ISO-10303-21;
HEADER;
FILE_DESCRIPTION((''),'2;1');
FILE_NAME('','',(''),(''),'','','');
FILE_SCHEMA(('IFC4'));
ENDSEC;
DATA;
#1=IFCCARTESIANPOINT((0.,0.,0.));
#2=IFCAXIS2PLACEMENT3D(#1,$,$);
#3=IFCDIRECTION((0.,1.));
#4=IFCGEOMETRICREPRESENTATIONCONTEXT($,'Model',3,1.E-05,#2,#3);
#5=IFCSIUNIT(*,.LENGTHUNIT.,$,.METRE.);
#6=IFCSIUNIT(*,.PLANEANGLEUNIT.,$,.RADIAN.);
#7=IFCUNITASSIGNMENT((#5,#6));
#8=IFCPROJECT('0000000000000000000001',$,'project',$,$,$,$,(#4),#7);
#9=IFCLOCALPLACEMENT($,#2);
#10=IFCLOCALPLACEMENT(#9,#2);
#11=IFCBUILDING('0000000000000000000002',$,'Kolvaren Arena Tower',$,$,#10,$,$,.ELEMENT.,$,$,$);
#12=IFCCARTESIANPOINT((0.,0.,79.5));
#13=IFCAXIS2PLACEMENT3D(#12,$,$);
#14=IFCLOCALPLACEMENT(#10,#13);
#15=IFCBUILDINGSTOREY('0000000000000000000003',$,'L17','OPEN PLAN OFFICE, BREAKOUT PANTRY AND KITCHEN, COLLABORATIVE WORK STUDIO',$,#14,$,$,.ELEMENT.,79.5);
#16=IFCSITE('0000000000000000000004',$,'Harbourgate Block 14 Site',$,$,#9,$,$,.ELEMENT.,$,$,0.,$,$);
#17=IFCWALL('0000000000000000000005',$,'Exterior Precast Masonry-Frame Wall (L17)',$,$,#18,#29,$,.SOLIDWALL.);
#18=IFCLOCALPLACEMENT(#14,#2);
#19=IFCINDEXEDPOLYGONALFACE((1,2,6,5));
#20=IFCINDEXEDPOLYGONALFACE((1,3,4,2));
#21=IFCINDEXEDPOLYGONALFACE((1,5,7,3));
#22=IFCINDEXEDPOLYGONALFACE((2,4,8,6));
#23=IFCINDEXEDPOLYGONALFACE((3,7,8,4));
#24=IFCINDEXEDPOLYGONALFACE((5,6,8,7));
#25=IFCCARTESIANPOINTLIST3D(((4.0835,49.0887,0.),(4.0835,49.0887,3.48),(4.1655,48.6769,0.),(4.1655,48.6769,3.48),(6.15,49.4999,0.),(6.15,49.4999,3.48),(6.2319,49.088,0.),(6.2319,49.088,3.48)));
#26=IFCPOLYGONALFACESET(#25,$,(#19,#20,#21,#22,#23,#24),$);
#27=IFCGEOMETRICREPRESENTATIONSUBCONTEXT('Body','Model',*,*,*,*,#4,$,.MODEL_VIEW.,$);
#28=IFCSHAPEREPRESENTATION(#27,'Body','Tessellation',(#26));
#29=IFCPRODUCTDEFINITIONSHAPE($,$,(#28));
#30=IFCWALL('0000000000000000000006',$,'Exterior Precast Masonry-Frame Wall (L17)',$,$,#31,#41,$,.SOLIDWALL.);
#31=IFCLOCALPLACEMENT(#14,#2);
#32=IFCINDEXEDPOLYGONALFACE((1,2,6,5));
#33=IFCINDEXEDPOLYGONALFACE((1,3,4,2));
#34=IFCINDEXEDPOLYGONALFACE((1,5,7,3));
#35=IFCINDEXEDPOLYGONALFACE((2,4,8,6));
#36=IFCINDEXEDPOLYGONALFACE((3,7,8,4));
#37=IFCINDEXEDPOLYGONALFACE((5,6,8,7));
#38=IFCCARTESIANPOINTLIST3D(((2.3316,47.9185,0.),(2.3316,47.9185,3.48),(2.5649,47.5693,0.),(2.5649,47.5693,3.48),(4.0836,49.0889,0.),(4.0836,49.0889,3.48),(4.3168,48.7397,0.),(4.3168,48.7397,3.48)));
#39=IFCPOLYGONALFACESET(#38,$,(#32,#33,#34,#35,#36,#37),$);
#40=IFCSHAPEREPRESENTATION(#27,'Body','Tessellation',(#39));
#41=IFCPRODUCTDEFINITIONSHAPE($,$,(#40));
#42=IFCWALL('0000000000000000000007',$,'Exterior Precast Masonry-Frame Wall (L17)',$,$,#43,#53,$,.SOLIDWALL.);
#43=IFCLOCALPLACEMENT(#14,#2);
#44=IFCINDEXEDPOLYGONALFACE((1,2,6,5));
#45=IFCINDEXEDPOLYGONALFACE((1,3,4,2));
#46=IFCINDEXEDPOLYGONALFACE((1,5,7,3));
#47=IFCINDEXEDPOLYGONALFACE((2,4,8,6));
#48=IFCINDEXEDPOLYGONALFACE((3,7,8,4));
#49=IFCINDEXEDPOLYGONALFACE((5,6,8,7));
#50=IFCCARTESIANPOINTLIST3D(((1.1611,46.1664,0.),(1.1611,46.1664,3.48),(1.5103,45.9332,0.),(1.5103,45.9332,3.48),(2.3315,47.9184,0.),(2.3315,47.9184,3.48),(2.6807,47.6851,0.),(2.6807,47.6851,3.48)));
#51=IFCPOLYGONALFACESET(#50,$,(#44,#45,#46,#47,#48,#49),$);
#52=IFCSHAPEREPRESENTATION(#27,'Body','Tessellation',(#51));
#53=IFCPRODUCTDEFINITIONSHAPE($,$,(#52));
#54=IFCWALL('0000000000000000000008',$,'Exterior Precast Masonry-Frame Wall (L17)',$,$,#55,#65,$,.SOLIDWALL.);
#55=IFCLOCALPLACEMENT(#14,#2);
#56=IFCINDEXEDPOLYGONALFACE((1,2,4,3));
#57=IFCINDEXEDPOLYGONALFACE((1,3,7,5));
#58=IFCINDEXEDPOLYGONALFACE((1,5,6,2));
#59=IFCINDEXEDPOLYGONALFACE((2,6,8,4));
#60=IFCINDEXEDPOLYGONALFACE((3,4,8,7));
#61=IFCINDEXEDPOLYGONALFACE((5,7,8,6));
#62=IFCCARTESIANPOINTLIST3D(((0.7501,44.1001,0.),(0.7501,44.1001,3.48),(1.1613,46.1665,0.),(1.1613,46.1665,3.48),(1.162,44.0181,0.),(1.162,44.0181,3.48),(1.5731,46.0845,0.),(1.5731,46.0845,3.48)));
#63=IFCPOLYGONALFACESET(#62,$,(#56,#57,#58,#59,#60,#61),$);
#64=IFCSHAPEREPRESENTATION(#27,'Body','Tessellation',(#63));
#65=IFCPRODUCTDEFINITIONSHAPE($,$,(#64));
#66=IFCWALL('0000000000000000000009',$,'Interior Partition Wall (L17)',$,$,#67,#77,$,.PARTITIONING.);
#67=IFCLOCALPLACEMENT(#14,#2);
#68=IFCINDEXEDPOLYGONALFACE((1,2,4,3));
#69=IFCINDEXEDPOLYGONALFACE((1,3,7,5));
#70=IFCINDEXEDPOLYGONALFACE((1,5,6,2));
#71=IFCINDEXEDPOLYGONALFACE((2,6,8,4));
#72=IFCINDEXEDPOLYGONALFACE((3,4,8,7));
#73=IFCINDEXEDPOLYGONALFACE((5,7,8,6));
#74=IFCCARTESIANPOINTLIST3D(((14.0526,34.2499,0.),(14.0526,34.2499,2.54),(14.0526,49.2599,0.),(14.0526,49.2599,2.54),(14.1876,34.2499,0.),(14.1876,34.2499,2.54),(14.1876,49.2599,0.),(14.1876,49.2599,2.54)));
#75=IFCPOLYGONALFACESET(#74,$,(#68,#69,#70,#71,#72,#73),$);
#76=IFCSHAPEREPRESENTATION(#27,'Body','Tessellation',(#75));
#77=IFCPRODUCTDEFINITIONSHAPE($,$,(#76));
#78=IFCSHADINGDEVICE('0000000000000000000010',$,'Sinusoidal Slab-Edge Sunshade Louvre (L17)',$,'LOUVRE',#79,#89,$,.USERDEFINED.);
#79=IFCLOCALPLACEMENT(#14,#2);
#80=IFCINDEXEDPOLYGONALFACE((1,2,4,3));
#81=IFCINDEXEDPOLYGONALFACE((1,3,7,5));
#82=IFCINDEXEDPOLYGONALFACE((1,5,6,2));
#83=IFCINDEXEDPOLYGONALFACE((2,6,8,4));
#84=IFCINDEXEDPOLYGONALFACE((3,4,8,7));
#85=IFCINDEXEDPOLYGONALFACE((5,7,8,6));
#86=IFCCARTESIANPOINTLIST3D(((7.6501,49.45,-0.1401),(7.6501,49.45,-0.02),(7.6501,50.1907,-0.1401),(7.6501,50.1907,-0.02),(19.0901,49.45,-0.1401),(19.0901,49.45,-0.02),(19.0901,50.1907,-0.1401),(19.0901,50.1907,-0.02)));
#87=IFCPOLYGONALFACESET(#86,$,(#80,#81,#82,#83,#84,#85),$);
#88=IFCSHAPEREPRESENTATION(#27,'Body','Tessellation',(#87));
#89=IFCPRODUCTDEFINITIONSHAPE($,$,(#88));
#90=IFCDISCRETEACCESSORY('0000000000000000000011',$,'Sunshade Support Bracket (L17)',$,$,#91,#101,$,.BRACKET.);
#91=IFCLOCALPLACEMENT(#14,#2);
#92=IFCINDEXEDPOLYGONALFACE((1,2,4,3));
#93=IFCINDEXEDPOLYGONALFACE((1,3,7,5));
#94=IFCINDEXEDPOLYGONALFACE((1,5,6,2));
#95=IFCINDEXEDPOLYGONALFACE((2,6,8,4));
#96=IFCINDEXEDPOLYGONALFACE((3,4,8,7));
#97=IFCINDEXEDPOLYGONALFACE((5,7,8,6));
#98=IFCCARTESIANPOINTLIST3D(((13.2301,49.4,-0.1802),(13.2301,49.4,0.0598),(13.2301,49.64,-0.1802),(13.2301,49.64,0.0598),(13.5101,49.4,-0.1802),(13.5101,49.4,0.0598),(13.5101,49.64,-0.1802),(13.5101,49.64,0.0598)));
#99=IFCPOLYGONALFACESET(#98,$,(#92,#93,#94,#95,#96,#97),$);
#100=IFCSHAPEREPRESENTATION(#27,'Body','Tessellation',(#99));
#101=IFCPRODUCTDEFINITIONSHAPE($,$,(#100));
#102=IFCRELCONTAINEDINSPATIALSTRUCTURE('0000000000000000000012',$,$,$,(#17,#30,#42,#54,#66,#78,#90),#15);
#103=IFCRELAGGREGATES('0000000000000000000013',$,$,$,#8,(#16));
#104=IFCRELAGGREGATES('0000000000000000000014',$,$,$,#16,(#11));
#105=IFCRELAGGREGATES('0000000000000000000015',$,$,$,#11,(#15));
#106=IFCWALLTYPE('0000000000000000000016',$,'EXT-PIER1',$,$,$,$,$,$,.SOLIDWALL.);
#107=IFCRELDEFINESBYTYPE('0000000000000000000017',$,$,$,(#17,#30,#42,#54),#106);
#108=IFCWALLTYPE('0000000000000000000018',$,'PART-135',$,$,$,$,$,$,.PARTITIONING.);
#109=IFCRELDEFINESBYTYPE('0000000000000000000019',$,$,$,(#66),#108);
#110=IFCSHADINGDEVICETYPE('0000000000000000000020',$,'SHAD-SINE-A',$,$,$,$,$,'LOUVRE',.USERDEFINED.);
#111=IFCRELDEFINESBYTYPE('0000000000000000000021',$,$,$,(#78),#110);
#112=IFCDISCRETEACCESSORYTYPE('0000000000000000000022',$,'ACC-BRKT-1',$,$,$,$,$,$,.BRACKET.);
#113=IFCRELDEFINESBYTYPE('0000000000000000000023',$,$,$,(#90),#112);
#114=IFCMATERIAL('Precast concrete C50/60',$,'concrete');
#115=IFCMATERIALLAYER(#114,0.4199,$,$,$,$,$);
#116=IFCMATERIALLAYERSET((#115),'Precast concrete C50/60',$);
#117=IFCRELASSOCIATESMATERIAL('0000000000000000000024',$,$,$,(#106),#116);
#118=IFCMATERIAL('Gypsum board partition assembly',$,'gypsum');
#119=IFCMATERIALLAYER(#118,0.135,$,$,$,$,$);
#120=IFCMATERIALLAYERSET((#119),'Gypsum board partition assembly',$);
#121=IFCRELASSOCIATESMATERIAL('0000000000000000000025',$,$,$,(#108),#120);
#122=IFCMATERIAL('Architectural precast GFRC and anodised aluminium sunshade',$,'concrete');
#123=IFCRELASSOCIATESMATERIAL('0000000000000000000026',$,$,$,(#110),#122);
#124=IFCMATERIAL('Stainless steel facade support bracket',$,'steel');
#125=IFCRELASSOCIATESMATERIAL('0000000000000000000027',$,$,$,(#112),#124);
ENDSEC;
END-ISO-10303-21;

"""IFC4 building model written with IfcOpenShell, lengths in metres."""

from ifc_helpers import new_model, si_unit, direction, frame, frame_2d, origin, origin_2d, place, context, subcontext, project, spatial, rectangle, extrude, material, layer, layer_set, type_object, element, save


model = new_model("IFC4")

# Units and contexts
model_context = context("Model", 3, precision=1e-05, world=origin(), true_north=direction((0.0, 1.0)))
body_context = subcontext(model_context, "Body", "Model", "MODEL_VIEW")
ifc_project = project(units=[si_unit("LENGTHUNIT", "METRE"), si_unit("PLANEANGLEUNIT", "RADIAN")], contexts=[model_context])

# Site, building, storey
site_placement = place(None, origin())
site = spatial("IfcSite", under=ifc_project, at=site_placement, Name="Harbourgate Block 14 Site", CompositionType="ELEMENT", RefElevation=0.0)
building_placement = place(site_placement, origin())
building = spatial("IfcBuilding", under=site, at=building_placement, Name="Kolvaren Arena Tower", CompositionType="ELEMENT")
storey_placement = place(building_placement, frame((0.0, 0.0, 79.5)))
storey = spatial("IfcBuildingStorey", under=building, at=storey_placement, Name="L17", Description="OPEN PLAN OFFICE, BREAKOUT PANTRY AND KITCHEN, COLLABORATIVE WORK STUDIO", CompositionType="ELEMENT", Elevation=79.5)

# Shared definitions
ifc_material_1 = material(Name="Precast concrete C50/60", Category="concrete")
ifc_layer_1 = layer(ifc_material_1, 0.4199)
ifc_layer_set_1 = layer_set([ifc_layer_1], Name="Precast concrete C50/60")
wall_type_1 = type_object("IfcWallType", Name="EXT-PIER1", PredefinedType="SOLIDWALL", material=ifc_layer_set_1)

# Walls
for number, where, z_axis, x_axis, name in (
    (1, (4.1245, 48.8828, 0.0), (0.0, 0.0, 1.0), (0.980776, 0.195136, 0.0), "Exterior Precast Masonry-Frame Wall (L17)"),
    (2, (2.4482, 47.7439, 0.0), (0.0, 0.0, 1.0), (0.831515, 0.555502, 0.0), "Exterior Precast Masonry-Frame Wall (L17)"),
    (3, (1.3357, 46.0498, 0.0), (0.0, 0.0, 1.0), (0.555502, 0.831515, 0.0), "Exterior Precast Masonry-Frame Wall (L17)"),
    (4, (0.9561, 44.0591, 0.0), (0.0, 0.0, 1.0), (0.195136, 0.980776, 0.0), "Exterior Precast Masonry-Frame Wall (L17)"),
):
    element("IfcWall", number, at=place(storey_placement, frame(where, z_axis=z_axis, x_axis=x_axis)), inside=storey, type_object=wall_type_1, Name=name, PredefinedType="SOLIDWALL", context=body_context, shape_type="SweptSolid", body=[
        extrude(rectangle(XDim=2.1069, YDim=0.4199, at=frame_2d((1.0535, 0.0))), origin(), (0.0, 0.0, 1.0), 3.48),
    ])
ifc_material_2 = material(Name="Gypsum board partition assembly", Category="gypsum")
ifc_layer_2 = layer(ifc_material_2, 0.135)
ifc_layer_set_2 = layer_set([ifc_layer_2], Name="Gypsum board partition assembly")
wall_type_2 = type_object("IfcWallType", Name="PART-135", PredefinedType="PARTITIONING", material=ifc_layer_set_2)
wall_1_placement = place(storey_placement, frame((14.1201, 34.25, 0.0), z_axis=(0.0, 0.0, 1.0), x_axis=(0.0, 1.0, 0.0)))
element("IfcWall", 5, at=wall_1_placement, inside=storey, type_object=wall_type_2, Name="Interior Partition Wall (L17)", PredefinedType="PARTITIONING", context=body_context, shape_type="SweptSolid", body=[
    extrude(rectangle(XDim=15.01, YDim=0.135, at=frame_2d((7.5049, 0.0))), origin(), (0.0, 0.0, 1.0), 2.54),
])

# Shading device
ifc_material_3 = material(Name="Architectural precast GFRC and anodised aluminium sunshade", Category="concrete")
shading_device_type = type_object("IfcShadingDeviceType", Name="SHAD-SINE-A", ElementType="LOUVRE", PredefinedType="USERDEFINED", material=ifc_material_3)
shading_device_placement = place(storey_placement, frame((13.3701, 49.8203, -0.1401), z_axis=(0.0, 0.0, 1.0), x_axis=(1.0, 0.0, 0.0)))
element("IfcShadingDevice", 6, at=shading_device_placement, inside=storey, type_object=shading_device_type, Name="Sinusoidal Slab-Edge Sunshade Louvre (L17)", ObjectType="LOUVRE", PredefinedType="USERDEFINED", context=body_context, shape_type="SweptSolid", body=[
    extrude(rectangle(XDim=11.4399, YDim=0.7407, at=origin_2d()), origin(), (0.0, 0.0, 1.0), 0.1201),
])

# Discrete accessory
ifc_material_4 = material(Name="Stainless steel facade support bracket", Category="steel")
discrete_accessory_type = type_object("IfcDiscreteAccessoryType", Name="ACC-BRKT-1", PredefinedType="BRACKET", material=ifc_material_4)
discrete_accessory_placement = place(storey_placement, frame((13.3701, 49.52, -0.1802), z_axis=(0.0, 0.0, 1.0), x_axis=(1.0, 0.0, 0.0)))
element("IfcDiscreteAccessory", 7, at=discrete_accessory_placement, inside=storey, type_object=discrete_accessory_type, Name="Sunshade Support Bracket (L17)", PredefinedType="BRACKET", context=body_context, shape_type="SweptSolid", body=[
    extrude(rectangle(XDim=0.28, YDim=0.24, at=origin_2d()), origin(), (0.0, 0.0, 1.0), 0.24),
])

save(model, "model.ifc")
